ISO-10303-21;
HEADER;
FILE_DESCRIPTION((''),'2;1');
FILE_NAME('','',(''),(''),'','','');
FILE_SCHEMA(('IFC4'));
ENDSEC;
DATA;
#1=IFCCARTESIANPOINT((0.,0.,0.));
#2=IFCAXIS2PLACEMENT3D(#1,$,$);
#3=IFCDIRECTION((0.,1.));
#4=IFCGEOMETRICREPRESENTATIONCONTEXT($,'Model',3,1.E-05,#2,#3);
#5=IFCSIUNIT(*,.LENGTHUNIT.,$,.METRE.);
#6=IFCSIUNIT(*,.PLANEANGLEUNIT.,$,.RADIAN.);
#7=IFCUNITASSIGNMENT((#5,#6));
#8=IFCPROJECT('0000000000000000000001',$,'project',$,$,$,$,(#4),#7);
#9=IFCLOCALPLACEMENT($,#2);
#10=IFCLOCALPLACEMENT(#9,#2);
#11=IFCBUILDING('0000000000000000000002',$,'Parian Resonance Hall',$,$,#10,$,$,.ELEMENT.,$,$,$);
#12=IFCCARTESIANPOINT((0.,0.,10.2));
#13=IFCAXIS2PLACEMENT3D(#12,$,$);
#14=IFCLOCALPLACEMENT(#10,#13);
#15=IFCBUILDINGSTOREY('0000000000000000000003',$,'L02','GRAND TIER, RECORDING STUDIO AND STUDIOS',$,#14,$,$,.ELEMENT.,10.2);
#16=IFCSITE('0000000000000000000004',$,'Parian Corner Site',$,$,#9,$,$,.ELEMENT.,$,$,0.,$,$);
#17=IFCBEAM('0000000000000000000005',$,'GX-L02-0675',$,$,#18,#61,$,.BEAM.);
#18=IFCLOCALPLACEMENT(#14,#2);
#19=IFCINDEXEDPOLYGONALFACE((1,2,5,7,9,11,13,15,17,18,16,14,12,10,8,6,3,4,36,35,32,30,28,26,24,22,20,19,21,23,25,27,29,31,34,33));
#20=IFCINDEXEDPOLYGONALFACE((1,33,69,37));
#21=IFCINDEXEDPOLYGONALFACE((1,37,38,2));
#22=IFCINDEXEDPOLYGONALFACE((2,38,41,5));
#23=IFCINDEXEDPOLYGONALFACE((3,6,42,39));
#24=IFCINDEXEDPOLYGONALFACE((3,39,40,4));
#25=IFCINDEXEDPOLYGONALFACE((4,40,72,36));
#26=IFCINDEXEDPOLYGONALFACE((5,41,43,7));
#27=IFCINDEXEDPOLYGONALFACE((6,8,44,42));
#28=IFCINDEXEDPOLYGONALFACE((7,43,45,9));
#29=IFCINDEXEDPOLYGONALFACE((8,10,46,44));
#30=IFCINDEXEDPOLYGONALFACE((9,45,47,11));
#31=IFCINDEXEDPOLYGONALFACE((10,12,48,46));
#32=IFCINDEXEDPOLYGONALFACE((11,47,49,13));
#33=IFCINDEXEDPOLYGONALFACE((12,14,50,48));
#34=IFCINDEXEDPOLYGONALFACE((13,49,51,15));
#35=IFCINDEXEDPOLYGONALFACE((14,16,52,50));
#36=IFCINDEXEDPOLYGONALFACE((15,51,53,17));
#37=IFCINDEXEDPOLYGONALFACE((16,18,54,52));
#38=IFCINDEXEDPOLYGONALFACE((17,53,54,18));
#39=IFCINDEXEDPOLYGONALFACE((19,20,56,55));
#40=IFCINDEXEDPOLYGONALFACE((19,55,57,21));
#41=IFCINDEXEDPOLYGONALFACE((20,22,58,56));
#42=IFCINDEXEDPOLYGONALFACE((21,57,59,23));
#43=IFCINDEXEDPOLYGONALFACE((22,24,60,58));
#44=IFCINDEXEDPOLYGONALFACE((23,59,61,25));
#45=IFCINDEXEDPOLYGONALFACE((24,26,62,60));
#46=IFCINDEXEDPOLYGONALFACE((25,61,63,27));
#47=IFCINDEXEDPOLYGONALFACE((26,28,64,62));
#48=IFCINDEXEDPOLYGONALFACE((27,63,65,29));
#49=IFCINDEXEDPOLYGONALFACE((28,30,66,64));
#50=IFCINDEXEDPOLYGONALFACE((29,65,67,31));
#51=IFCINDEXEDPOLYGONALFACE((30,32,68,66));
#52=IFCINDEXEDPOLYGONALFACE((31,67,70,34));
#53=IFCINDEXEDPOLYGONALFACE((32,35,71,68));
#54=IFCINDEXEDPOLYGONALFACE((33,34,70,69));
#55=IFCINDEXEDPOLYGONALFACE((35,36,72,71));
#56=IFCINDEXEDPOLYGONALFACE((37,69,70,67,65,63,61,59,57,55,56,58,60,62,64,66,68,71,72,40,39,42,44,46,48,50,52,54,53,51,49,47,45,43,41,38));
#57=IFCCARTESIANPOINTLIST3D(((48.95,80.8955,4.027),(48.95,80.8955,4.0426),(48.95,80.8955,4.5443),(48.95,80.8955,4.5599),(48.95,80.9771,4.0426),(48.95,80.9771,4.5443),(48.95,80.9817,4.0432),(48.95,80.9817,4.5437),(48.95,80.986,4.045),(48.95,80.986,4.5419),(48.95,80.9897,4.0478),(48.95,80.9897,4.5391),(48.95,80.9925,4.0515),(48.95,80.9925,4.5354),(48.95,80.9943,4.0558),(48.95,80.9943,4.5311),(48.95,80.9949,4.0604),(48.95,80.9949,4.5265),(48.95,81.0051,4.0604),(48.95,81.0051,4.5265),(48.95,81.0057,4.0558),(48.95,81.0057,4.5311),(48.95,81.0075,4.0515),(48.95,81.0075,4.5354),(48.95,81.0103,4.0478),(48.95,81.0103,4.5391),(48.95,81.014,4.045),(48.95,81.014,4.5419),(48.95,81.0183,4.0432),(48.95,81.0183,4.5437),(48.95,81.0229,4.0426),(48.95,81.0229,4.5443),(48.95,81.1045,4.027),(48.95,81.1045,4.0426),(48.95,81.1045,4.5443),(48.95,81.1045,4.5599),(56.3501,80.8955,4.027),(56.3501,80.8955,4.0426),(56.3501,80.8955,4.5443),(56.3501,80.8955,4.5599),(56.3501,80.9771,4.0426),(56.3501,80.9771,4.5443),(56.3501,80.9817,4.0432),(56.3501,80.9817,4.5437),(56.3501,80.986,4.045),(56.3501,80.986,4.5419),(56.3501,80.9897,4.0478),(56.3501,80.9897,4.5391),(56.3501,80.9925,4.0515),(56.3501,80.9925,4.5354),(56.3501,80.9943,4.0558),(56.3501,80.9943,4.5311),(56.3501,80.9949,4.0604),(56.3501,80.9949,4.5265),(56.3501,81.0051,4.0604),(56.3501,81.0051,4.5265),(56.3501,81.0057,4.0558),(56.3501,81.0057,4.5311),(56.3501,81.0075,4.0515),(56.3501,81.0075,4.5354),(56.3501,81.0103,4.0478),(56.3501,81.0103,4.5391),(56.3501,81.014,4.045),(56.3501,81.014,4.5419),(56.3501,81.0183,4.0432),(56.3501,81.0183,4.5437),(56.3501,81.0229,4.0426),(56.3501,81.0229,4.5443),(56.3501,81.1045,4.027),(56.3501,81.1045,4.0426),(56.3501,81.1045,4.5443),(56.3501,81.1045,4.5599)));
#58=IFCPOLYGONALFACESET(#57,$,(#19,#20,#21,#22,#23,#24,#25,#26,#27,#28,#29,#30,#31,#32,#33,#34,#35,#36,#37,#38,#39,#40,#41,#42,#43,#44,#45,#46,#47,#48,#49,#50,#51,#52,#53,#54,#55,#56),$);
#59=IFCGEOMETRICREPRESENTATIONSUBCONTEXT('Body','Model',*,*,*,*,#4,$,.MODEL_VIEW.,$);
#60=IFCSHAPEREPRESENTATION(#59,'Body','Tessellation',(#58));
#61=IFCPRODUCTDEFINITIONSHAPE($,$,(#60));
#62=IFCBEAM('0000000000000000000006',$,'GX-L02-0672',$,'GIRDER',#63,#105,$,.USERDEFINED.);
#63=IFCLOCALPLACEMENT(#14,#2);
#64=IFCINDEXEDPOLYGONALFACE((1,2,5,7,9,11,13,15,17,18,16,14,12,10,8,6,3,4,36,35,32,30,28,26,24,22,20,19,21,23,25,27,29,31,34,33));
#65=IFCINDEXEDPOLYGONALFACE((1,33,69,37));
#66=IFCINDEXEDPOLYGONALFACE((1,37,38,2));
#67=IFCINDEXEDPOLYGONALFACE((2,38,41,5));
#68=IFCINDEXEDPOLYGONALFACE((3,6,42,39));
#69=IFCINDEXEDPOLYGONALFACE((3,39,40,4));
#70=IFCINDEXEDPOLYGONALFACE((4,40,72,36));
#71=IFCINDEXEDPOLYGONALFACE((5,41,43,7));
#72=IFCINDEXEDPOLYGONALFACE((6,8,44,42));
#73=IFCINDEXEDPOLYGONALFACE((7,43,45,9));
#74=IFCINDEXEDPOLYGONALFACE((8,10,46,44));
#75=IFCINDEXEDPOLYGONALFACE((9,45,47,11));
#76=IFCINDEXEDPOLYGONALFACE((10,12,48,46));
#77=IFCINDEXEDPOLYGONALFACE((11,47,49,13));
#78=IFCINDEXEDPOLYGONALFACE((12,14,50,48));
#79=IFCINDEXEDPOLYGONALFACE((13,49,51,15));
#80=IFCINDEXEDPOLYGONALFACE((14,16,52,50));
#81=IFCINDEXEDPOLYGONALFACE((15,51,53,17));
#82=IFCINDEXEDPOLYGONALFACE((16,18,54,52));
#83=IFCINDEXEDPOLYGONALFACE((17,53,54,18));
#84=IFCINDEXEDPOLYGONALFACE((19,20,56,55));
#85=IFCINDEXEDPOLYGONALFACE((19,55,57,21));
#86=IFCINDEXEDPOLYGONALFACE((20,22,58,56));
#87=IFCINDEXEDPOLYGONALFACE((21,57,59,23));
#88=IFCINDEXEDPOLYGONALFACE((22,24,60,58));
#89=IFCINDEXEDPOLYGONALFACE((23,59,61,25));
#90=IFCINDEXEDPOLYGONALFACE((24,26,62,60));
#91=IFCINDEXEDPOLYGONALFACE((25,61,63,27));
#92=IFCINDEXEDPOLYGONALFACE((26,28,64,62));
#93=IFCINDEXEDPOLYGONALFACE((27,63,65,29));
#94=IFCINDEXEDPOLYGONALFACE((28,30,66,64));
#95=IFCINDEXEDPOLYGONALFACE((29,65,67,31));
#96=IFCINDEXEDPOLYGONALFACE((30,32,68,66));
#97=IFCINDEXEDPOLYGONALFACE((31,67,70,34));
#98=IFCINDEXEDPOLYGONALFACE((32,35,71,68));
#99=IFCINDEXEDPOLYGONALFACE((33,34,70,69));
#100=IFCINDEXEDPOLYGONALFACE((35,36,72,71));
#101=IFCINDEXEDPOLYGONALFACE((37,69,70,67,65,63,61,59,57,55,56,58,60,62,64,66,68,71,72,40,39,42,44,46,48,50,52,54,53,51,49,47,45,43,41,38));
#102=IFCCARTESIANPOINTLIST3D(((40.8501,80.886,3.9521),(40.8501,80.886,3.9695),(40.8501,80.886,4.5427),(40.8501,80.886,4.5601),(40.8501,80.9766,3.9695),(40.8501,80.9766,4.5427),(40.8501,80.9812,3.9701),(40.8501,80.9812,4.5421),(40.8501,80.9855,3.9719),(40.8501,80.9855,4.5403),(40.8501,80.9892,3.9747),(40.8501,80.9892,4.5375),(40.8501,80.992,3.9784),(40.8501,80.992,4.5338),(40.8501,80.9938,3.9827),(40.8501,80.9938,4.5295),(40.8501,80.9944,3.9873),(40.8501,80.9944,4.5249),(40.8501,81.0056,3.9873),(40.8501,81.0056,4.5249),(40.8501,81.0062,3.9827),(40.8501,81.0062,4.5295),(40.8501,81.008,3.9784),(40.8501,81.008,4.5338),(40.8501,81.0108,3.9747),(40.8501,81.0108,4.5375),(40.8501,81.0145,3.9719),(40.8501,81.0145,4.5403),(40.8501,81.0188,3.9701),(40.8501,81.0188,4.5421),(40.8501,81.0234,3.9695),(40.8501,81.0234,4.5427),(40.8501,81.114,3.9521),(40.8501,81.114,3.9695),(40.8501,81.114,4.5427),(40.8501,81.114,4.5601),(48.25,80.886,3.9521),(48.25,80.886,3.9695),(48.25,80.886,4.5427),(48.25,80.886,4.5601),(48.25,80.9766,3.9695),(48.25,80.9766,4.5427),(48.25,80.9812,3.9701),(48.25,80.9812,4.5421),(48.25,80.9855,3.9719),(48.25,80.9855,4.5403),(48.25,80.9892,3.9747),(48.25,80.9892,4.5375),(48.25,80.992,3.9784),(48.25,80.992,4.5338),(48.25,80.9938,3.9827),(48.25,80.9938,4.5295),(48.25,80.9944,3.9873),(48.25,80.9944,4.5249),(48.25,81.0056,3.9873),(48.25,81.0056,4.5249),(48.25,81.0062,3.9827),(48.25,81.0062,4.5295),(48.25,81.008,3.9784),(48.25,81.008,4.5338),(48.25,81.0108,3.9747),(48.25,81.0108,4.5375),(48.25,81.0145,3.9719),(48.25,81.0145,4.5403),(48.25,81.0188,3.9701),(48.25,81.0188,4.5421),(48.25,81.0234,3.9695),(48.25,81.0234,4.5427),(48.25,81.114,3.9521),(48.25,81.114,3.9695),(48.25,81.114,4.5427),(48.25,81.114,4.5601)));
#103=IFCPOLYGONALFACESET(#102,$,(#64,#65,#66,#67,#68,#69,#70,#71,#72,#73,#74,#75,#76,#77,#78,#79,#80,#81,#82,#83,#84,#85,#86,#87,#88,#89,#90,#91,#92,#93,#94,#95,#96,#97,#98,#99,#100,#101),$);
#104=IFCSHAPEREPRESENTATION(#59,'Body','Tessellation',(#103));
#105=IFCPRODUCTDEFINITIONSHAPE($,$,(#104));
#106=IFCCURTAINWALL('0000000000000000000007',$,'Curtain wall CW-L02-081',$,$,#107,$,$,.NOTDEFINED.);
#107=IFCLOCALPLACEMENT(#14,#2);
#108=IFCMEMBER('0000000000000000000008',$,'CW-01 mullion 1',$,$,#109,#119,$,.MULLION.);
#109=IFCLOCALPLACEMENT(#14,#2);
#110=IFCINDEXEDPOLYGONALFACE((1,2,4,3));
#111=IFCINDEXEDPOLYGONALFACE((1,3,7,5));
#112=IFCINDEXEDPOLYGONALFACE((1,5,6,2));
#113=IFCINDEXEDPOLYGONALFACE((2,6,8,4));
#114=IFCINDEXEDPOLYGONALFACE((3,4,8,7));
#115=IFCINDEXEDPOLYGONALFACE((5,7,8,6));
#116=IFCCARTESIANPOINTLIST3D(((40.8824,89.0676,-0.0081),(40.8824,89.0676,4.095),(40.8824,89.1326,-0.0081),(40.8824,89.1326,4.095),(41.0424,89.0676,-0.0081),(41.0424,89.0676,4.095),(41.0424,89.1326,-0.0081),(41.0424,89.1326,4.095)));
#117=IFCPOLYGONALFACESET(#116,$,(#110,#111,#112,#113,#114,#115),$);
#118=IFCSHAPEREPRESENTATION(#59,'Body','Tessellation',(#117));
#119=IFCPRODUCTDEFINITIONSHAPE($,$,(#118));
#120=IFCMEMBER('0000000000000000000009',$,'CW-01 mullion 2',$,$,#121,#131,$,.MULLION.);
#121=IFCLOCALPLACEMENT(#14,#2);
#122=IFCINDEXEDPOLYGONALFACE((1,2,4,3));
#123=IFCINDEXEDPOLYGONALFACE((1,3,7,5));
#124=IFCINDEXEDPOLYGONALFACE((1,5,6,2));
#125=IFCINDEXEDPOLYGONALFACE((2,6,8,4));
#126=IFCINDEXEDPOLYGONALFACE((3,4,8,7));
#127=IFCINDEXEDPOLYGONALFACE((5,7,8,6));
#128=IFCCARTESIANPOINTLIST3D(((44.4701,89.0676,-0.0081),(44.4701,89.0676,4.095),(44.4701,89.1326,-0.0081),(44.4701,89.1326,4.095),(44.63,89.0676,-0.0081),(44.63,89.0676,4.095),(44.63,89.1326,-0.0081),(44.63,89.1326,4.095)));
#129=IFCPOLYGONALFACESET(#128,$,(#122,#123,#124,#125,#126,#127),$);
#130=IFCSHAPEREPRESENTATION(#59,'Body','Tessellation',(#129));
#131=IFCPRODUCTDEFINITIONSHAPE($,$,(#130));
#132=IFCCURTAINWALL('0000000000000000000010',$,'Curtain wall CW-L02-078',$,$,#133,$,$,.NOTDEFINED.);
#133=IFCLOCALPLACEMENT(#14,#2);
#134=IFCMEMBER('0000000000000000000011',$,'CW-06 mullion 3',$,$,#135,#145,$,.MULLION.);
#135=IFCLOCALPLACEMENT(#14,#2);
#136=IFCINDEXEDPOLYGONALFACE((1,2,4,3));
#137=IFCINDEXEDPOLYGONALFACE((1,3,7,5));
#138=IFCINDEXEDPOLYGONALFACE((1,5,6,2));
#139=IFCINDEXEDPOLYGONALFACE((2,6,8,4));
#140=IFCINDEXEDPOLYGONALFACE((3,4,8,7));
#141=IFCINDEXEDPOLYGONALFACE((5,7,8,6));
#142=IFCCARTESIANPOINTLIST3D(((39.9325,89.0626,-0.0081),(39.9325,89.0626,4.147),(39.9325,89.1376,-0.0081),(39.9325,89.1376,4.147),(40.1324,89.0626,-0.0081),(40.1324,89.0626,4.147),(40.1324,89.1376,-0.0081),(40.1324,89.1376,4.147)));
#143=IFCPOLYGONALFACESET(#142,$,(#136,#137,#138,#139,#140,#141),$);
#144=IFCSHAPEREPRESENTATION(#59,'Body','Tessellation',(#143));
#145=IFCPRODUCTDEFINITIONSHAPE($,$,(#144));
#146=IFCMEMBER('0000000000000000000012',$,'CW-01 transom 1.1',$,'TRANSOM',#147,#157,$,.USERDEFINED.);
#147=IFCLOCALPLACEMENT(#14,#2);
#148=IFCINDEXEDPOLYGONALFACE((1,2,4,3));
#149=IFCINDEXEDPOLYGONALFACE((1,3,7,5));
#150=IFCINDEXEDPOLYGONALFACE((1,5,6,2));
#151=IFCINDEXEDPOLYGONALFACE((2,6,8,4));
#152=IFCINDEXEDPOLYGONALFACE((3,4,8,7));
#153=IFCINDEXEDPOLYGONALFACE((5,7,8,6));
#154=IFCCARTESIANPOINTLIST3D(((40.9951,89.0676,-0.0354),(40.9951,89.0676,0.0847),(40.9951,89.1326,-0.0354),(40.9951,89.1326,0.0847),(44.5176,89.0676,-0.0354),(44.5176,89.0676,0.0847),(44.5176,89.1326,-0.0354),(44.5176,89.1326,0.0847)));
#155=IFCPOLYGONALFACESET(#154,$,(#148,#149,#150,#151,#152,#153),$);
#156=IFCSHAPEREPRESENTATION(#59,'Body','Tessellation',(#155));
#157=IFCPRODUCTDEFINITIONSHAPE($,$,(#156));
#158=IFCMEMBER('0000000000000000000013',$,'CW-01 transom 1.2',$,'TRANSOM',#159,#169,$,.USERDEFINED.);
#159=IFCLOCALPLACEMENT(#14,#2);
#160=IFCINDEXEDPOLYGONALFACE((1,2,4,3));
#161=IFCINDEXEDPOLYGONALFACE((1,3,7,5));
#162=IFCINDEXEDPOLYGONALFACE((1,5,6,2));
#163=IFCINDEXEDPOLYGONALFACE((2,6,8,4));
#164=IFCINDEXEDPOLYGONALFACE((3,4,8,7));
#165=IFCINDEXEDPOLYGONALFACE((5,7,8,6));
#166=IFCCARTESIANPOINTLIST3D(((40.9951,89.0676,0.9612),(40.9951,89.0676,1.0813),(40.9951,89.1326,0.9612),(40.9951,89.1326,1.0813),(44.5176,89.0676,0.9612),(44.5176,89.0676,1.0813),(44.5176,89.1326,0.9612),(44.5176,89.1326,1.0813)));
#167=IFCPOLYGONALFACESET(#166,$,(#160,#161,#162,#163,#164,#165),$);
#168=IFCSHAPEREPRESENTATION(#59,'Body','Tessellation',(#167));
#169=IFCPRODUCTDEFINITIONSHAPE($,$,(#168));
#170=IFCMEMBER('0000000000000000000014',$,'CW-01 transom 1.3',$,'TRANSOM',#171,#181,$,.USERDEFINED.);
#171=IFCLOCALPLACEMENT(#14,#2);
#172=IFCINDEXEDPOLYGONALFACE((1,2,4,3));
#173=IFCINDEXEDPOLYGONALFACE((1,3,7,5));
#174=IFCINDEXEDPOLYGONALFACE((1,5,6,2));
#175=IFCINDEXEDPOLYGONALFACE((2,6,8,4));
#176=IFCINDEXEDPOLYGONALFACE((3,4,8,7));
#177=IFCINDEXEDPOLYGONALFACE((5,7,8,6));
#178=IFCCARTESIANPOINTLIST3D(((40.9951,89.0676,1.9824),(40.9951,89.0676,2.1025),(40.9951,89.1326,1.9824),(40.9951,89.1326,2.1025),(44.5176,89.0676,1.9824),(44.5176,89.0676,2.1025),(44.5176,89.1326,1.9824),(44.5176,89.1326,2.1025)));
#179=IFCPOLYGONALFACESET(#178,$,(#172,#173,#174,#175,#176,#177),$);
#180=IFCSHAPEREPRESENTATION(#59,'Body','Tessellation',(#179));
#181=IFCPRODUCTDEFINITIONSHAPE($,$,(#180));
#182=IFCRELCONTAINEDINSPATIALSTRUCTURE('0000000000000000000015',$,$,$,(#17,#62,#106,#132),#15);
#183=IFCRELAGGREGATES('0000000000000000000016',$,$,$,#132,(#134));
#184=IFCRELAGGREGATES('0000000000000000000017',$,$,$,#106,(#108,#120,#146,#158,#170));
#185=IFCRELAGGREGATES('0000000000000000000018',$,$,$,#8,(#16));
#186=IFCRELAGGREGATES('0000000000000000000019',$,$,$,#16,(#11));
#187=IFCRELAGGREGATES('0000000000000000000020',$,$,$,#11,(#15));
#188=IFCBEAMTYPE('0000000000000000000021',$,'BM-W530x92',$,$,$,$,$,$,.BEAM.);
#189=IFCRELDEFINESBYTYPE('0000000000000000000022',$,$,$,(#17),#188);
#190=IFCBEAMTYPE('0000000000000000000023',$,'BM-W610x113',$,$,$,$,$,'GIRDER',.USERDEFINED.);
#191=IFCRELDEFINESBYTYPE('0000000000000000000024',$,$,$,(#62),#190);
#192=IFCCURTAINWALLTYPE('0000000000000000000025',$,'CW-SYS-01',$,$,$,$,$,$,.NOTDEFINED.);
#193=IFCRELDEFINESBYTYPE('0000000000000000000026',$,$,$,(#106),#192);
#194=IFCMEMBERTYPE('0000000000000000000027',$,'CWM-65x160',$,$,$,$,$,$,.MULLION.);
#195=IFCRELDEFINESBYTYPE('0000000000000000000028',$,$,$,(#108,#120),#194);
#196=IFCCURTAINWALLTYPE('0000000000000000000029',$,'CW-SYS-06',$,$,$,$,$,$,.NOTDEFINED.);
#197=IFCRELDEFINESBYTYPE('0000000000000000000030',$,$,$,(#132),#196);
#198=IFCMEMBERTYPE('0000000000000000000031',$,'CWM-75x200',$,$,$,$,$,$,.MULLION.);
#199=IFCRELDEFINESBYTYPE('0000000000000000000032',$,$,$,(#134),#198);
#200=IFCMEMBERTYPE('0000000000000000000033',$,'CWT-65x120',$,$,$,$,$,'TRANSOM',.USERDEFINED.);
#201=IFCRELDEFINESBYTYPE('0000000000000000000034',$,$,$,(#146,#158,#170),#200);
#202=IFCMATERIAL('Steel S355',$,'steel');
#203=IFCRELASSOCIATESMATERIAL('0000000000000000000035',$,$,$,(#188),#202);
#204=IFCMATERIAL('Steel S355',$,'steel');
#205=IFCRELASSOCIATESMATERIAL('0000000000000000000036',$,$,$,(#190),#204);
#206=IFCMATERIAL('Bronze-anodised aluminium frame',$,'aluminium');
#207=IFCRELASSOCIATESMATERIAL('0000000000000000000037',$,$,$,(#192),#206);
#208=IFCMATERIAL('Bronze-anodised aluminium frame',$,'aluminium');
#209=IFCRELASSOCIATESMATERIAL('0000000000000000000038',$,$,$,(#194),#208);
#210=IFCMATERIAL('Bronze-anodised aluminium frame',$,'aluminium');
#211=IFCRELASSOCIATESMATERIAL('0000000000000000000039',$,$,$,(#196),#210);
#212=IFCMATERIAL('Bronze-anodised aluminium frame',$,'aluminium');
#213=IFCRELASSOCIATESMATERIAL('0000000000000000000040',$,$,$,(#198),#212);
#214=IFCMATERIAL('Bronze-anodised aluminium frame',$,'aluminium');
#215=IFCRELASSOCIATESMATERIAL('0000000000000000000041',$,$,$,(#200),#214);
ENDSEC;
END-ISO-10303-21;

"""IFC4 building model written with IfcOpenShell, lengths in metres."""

from ifc_helpers import new_model, si_unit, direction, frame, origin, origin_2d, place, context, subcontext, project, spatial, rectangle, i_section, extrude, material, material_profile, profile_set, type_object, element, aggregate, save


model = new_model("IFC4")

# Units and contexts
model_context = context("Model", 3, precision=1e-05, world=origin(), true_north=direction((0.0, 1.0)))
body_context = subcontext(model_context, "Body", "Model", "MODEL_VIEW")
ifc_project = project(units=[si_unit("LENGTHUNIT", "METRE"), si_unit("PLANEANGLEUNIT", "RADIAN")], contexts=[model_context])

# Site, building, storey
site_placement = place(None, origin())
site = spatial("IfcSite", under=ifc_project, at=site_placement, Name="Parian Corner Site", CompositionType="ELEMENT", RefElevation=0.0)
building_placement = place(site_placement, origin())
building = spatial("IfcBuilding", under=site, at=building_placement, Name="Parian Resonance Hall", CompositionType="ELEMENT")
storey_placement = place(building_placement, frame((0.0, 0.0, 10.2)))
storey = spatial("IfcBuildingStorey", under=building, at=storey_placement, Name="L02", Description="GRAND TIER, RECORDING STUDIO AND STUDIOS", CompositionType="ELEMENT", Elevation=10.2)

# Beams
ifc_material_1 = material(Name="Steel S355", Category="steel")
ifc_material_profile_1 = material_profile(ifc_material_1, i_section(OverallWidth=0.209, OverallDepth=0.533, WebThickness=0.0103, FlangeThickness=0.0156, FilletRadius=0.0178, at=origin_2d()), Name="W530x92")
ifc_profile_set_1 = profile_set([ifc_material_profile_1], Name="Steel S355")
beam_type_1 = type_object("IfcBeamType", Name="BM-W530x92", PredefinedType="BEAM", material=ifc_profile_set_1)
beam_1_placement = place(storey_placement, frame((48.95, 81.0, 4.2935), z_axis=(1.0, 0.0, 0.0), x_axis=(0.0, 1.0, 0.0)))
element("IfcBeam", 1, at=beam_1_placement, inside=storey, type_object=beam_type_1, Name="GX-L02-0675", PredefinedType="BEAM", context=body_context, shape_type="SweptSolid", body=[
    extrude(i_section(OverallWidth=0.209, OverallDepth=0.533, WebThickness=0.0103, FlangeThickness=0.0156, FilletRadius=0.0178, at=origin_2d()), origin(), (0.0, 0.0, 1.0), 7.4001),
])
ifc_material_2 = material(Name="Steel S355", Category="steel")
ifc_material_profile_2 = material_profile(ifc_material_2, i_section(OverallWidth=0.228, OverallDepth=0.6079, WebThickness=0.0112, FlangeThickness=0.0173, FilletRadius=0.0178, at=origin_2d()), Name="W610x113")
ifc_profile_set_2 = profile_set([ifc_material_profile_2], Name="Steel S355")
beam_type_2 = type_object("IfcBeamType", Name="BM-W610x113", ElementType="GIRDER", PredefinedType="USERDEFINED", material=ifc_profile_set_2)
beam_2_placement = place(storey_placement, frame((40.8501, 81.0, 4.2561), z_axis=(1.0, 0.0, 0.0), x_axis=(0.0, 1.0, 0.0)))
element("IfcBeam", 2, at=beam_2_placement, inside=storey, type_object=beam_type_2, Name="GX-L02-0672", ObjectType="GIRDER", PredefinedType="USERDEFINED", context=body_context, shape_type="SweptSolid", body=[
    extrude(i_section(OverallWidth=0.228, OverallDepth=0.6079, WebThickness=0.0112, FlangeThickness=0.0173, FilletRadius=0.0178, at=origin_2d()), origin(), (0.0, 0.0, 1.0), 7.3999),
])

# Curtain wall, members
ifc_material_3 = material(Name="Bronze-anodised aluminium frame", Category="aluminium")
curtain_wall_type_1 = type_object("IfcCurtainWallType", Name="CW-SYS-01", PredefinedType="NOTDEFINED", material=ifc_material_3)
curtain_wall_1_placement = place(storey_placement, origin())
curtain_wall_1 = element("IfcCurtainWall", 3, at=curtain_wall_1_placement, inside=storey, type_object=curtain_wall_type_1, Name="Curtain wall CW-L02-081", PredefinedType="NOTDEFINED")
ifc_material_4 = material(Name="Bronze-anodised aluminium frame", Category="aluminium")
ifc_material_profile_3 = material_profile(ifc_material_4, rectangle(XDim=0.0649, YDim=0.1599, at=origin_2d()), Name="CWM-65x160")
ifc_profile_set_3 = profile_set([ifc_material_profile_3], Name="Bronze-anodised aluminium frame")
member_type_1 = type_object("IfcMemberType", Name="CWM-65x160", PredefinedType="MULLION", material=ifc_profile_set_3)
member_1_placement = place(storey_placement, frame((40.9624, 89.1001, -0.0081), z_axis=(0.0, 0.0, 1.0), x_axis=(0.0, 1.0, 0.0)))
member_1 = element("IfcMember", 4, at=member_1_placement, type_object=member_type_1, Name="CW-01 mullion 1", PredefinedType="MULLION", context=body_context, shape_type="SweptSolid", body=[
    extrude(rectangle(XDim=0.0649, YDim=0.1599, at=origin_2d()), origin(), (0.0, 0.0, 1.0), 4.103),
])
member_2_placement = place(storey_placement, frame((44.55, 89.1001, -0.0081), z_axis=(0.0, 0.0, 1.0), x_axis=(0.0, 1.0, 0.0)))
member_2 = element("IfcMember", 5, at=member_2_placement, type_object=member_type_1, Name="CW-01 mullion 2", PredefinedType="MULLION", context=body_context, shape_type="SweptSolid", body=[
    extrude(rectangle(XDim=0.0649, YDim=0.1599, at=origin_2d()), origin(), (0.0, 0.0, 1.0), 4.103),
])

# Curtain wall, member
ifc_material_5 = material(Name="Bronze-anodised aluminium frame", Category="aluminium")
curtain_wall_type_2 = type_object("IfcCurtainWallType", Name="CW-SYS-06", PredefinedType="NOTDEFINED", material=ifc_material_5)
curtain_wall_2_placement = place(storey_placement, origin())
curtain_wall_2 = element("IfcCurtainWall", 6, at=curtain_wall_2_placement, inside=storey, type_object=curtain_wall_type_2, Name="Curtain wall CW-L02-078", PredefinedType="NOTDEFINED")
ifc_material_6 = material(Name="Bronze-anodised aluminium frame", Category="aluminium")
ifc_material_profile_4 = material_profile(ifc_material_6, rectangle(XDim=0.075, YDim=0.2, at=origin_2d()), Name="CWM-75x200")
ifc_profile_set_4 = profile_set([ifc_material_profile_4], Name="Bronze-anodised aluminium frame")
member_type_2 = type_object("IfcMemberType", Name="CWM-75x200", PredefinedType="MULLION", material=ifc_profile_set_4)
member_3_placement = place(storey_placement, frame((40.0325, 89.1001, -0.0081), z_axis=(0.0, 0.0, 1.0), x_axis=(0.0, 1.0, 0.0)))
member_3 = element("IfcMember", 7, at=member_3_placement, type_object=member_type_2, Name="CW-06 mullion 3", PredefinedType="MULLION", context=body_context, shape_type="SweptSolid", body=[
    extrude(rectangle(XDim=0.075, YDim=0.2, at=origin_2d()), origin(), (0.0, 0.0, 1.0), 4.155),
])
aggregate(curtain_wall_2, [member_3])

# Members
ifc_material_7 = material(Name="Bronze-anodised aluminium frame", Category="aluminium")
ifc_material_profile_5 = material_profile(ifc_material_7, rectangle(XDim=0.0649, YDim=0.1201, at=origin_2d()), Name="CWT-65x120")
ifc_profile_set_5 = profile_set([ifc_material_profile_5], Name="Bronze-anodised aluminium frame")
member_type_3 = type_object("IfcMemberType", Name="CWT-65x120", ElementType="TRANSOM", PredefinedType="USERDEFINED", material=ifc_profile_set_5)
member_4_placement = place(storey_placement, frame((40.9951, 89.1001, 0.0247), z_axis=(1.0, 0.0, 0.0), x_axis=(0.0, 1.0, 0.0)))
member_4 = element("IfcMember", 8, at=member_4_placement, type_object=member_type_3, Name="CW-01 transom 1.1", ObjectType="TRANSOM", PredefinedType="USERDEFINED", context=body_context, shape_type="SweptSolid", body=[
    extrude(rectangle(XDim=0.0649, YDim=0.1201, at=origin_2d()), origin(), (0.0, 0.0, 1.0), 3.5225),
])
member_5_placement = place(storey_placement, frame((40.9951, 89.1001, 1.0212), z_axis=(1.0, 0.0, 0.0), x_axis=(0.0, 1.0, 0.0)))
member_5 = element("IfcMember", 9, at=member_5_placement, type_object=member_type_3, Name="CW-01 transom 1.2", ObjectType="TRANSOM", PredefinedType="USERDEFINED", context=body_context, shape_type="SweptSolid", body=[
    extrude(rectangle(XDim=0.0649, YDim=0.1201, at=origin_2d()), origin(), (0.0, 0.0, 1.0), 3.5225),
])
member_6_placement = place(storey_placement, frame((40.9951, 89.1001, 2.0425), z_axis=(1.0, 0.0, 0.0), x_axis=(0.0, 1.0, 0.0)))
member_6 = element("IfcMember", 10, at=member_6_placement, type_object=member_type_3, Name="CW-01 transom 1.3", ObjectType="TRANSOM", PredefinedType="USERDEFINED", context=body_context, shape_type="SweptSolid", body=[
    extrude(rectangle(XDim=0.0649, YDim=0.1201, at=origin_2d()), origin(), (0.0, 0.0, 1.0), 3.5225),
])

aggregate(curtain_wall_1, [member_1, member_2, member_4, member_5, member_6])

save(model, "model.ifc")
